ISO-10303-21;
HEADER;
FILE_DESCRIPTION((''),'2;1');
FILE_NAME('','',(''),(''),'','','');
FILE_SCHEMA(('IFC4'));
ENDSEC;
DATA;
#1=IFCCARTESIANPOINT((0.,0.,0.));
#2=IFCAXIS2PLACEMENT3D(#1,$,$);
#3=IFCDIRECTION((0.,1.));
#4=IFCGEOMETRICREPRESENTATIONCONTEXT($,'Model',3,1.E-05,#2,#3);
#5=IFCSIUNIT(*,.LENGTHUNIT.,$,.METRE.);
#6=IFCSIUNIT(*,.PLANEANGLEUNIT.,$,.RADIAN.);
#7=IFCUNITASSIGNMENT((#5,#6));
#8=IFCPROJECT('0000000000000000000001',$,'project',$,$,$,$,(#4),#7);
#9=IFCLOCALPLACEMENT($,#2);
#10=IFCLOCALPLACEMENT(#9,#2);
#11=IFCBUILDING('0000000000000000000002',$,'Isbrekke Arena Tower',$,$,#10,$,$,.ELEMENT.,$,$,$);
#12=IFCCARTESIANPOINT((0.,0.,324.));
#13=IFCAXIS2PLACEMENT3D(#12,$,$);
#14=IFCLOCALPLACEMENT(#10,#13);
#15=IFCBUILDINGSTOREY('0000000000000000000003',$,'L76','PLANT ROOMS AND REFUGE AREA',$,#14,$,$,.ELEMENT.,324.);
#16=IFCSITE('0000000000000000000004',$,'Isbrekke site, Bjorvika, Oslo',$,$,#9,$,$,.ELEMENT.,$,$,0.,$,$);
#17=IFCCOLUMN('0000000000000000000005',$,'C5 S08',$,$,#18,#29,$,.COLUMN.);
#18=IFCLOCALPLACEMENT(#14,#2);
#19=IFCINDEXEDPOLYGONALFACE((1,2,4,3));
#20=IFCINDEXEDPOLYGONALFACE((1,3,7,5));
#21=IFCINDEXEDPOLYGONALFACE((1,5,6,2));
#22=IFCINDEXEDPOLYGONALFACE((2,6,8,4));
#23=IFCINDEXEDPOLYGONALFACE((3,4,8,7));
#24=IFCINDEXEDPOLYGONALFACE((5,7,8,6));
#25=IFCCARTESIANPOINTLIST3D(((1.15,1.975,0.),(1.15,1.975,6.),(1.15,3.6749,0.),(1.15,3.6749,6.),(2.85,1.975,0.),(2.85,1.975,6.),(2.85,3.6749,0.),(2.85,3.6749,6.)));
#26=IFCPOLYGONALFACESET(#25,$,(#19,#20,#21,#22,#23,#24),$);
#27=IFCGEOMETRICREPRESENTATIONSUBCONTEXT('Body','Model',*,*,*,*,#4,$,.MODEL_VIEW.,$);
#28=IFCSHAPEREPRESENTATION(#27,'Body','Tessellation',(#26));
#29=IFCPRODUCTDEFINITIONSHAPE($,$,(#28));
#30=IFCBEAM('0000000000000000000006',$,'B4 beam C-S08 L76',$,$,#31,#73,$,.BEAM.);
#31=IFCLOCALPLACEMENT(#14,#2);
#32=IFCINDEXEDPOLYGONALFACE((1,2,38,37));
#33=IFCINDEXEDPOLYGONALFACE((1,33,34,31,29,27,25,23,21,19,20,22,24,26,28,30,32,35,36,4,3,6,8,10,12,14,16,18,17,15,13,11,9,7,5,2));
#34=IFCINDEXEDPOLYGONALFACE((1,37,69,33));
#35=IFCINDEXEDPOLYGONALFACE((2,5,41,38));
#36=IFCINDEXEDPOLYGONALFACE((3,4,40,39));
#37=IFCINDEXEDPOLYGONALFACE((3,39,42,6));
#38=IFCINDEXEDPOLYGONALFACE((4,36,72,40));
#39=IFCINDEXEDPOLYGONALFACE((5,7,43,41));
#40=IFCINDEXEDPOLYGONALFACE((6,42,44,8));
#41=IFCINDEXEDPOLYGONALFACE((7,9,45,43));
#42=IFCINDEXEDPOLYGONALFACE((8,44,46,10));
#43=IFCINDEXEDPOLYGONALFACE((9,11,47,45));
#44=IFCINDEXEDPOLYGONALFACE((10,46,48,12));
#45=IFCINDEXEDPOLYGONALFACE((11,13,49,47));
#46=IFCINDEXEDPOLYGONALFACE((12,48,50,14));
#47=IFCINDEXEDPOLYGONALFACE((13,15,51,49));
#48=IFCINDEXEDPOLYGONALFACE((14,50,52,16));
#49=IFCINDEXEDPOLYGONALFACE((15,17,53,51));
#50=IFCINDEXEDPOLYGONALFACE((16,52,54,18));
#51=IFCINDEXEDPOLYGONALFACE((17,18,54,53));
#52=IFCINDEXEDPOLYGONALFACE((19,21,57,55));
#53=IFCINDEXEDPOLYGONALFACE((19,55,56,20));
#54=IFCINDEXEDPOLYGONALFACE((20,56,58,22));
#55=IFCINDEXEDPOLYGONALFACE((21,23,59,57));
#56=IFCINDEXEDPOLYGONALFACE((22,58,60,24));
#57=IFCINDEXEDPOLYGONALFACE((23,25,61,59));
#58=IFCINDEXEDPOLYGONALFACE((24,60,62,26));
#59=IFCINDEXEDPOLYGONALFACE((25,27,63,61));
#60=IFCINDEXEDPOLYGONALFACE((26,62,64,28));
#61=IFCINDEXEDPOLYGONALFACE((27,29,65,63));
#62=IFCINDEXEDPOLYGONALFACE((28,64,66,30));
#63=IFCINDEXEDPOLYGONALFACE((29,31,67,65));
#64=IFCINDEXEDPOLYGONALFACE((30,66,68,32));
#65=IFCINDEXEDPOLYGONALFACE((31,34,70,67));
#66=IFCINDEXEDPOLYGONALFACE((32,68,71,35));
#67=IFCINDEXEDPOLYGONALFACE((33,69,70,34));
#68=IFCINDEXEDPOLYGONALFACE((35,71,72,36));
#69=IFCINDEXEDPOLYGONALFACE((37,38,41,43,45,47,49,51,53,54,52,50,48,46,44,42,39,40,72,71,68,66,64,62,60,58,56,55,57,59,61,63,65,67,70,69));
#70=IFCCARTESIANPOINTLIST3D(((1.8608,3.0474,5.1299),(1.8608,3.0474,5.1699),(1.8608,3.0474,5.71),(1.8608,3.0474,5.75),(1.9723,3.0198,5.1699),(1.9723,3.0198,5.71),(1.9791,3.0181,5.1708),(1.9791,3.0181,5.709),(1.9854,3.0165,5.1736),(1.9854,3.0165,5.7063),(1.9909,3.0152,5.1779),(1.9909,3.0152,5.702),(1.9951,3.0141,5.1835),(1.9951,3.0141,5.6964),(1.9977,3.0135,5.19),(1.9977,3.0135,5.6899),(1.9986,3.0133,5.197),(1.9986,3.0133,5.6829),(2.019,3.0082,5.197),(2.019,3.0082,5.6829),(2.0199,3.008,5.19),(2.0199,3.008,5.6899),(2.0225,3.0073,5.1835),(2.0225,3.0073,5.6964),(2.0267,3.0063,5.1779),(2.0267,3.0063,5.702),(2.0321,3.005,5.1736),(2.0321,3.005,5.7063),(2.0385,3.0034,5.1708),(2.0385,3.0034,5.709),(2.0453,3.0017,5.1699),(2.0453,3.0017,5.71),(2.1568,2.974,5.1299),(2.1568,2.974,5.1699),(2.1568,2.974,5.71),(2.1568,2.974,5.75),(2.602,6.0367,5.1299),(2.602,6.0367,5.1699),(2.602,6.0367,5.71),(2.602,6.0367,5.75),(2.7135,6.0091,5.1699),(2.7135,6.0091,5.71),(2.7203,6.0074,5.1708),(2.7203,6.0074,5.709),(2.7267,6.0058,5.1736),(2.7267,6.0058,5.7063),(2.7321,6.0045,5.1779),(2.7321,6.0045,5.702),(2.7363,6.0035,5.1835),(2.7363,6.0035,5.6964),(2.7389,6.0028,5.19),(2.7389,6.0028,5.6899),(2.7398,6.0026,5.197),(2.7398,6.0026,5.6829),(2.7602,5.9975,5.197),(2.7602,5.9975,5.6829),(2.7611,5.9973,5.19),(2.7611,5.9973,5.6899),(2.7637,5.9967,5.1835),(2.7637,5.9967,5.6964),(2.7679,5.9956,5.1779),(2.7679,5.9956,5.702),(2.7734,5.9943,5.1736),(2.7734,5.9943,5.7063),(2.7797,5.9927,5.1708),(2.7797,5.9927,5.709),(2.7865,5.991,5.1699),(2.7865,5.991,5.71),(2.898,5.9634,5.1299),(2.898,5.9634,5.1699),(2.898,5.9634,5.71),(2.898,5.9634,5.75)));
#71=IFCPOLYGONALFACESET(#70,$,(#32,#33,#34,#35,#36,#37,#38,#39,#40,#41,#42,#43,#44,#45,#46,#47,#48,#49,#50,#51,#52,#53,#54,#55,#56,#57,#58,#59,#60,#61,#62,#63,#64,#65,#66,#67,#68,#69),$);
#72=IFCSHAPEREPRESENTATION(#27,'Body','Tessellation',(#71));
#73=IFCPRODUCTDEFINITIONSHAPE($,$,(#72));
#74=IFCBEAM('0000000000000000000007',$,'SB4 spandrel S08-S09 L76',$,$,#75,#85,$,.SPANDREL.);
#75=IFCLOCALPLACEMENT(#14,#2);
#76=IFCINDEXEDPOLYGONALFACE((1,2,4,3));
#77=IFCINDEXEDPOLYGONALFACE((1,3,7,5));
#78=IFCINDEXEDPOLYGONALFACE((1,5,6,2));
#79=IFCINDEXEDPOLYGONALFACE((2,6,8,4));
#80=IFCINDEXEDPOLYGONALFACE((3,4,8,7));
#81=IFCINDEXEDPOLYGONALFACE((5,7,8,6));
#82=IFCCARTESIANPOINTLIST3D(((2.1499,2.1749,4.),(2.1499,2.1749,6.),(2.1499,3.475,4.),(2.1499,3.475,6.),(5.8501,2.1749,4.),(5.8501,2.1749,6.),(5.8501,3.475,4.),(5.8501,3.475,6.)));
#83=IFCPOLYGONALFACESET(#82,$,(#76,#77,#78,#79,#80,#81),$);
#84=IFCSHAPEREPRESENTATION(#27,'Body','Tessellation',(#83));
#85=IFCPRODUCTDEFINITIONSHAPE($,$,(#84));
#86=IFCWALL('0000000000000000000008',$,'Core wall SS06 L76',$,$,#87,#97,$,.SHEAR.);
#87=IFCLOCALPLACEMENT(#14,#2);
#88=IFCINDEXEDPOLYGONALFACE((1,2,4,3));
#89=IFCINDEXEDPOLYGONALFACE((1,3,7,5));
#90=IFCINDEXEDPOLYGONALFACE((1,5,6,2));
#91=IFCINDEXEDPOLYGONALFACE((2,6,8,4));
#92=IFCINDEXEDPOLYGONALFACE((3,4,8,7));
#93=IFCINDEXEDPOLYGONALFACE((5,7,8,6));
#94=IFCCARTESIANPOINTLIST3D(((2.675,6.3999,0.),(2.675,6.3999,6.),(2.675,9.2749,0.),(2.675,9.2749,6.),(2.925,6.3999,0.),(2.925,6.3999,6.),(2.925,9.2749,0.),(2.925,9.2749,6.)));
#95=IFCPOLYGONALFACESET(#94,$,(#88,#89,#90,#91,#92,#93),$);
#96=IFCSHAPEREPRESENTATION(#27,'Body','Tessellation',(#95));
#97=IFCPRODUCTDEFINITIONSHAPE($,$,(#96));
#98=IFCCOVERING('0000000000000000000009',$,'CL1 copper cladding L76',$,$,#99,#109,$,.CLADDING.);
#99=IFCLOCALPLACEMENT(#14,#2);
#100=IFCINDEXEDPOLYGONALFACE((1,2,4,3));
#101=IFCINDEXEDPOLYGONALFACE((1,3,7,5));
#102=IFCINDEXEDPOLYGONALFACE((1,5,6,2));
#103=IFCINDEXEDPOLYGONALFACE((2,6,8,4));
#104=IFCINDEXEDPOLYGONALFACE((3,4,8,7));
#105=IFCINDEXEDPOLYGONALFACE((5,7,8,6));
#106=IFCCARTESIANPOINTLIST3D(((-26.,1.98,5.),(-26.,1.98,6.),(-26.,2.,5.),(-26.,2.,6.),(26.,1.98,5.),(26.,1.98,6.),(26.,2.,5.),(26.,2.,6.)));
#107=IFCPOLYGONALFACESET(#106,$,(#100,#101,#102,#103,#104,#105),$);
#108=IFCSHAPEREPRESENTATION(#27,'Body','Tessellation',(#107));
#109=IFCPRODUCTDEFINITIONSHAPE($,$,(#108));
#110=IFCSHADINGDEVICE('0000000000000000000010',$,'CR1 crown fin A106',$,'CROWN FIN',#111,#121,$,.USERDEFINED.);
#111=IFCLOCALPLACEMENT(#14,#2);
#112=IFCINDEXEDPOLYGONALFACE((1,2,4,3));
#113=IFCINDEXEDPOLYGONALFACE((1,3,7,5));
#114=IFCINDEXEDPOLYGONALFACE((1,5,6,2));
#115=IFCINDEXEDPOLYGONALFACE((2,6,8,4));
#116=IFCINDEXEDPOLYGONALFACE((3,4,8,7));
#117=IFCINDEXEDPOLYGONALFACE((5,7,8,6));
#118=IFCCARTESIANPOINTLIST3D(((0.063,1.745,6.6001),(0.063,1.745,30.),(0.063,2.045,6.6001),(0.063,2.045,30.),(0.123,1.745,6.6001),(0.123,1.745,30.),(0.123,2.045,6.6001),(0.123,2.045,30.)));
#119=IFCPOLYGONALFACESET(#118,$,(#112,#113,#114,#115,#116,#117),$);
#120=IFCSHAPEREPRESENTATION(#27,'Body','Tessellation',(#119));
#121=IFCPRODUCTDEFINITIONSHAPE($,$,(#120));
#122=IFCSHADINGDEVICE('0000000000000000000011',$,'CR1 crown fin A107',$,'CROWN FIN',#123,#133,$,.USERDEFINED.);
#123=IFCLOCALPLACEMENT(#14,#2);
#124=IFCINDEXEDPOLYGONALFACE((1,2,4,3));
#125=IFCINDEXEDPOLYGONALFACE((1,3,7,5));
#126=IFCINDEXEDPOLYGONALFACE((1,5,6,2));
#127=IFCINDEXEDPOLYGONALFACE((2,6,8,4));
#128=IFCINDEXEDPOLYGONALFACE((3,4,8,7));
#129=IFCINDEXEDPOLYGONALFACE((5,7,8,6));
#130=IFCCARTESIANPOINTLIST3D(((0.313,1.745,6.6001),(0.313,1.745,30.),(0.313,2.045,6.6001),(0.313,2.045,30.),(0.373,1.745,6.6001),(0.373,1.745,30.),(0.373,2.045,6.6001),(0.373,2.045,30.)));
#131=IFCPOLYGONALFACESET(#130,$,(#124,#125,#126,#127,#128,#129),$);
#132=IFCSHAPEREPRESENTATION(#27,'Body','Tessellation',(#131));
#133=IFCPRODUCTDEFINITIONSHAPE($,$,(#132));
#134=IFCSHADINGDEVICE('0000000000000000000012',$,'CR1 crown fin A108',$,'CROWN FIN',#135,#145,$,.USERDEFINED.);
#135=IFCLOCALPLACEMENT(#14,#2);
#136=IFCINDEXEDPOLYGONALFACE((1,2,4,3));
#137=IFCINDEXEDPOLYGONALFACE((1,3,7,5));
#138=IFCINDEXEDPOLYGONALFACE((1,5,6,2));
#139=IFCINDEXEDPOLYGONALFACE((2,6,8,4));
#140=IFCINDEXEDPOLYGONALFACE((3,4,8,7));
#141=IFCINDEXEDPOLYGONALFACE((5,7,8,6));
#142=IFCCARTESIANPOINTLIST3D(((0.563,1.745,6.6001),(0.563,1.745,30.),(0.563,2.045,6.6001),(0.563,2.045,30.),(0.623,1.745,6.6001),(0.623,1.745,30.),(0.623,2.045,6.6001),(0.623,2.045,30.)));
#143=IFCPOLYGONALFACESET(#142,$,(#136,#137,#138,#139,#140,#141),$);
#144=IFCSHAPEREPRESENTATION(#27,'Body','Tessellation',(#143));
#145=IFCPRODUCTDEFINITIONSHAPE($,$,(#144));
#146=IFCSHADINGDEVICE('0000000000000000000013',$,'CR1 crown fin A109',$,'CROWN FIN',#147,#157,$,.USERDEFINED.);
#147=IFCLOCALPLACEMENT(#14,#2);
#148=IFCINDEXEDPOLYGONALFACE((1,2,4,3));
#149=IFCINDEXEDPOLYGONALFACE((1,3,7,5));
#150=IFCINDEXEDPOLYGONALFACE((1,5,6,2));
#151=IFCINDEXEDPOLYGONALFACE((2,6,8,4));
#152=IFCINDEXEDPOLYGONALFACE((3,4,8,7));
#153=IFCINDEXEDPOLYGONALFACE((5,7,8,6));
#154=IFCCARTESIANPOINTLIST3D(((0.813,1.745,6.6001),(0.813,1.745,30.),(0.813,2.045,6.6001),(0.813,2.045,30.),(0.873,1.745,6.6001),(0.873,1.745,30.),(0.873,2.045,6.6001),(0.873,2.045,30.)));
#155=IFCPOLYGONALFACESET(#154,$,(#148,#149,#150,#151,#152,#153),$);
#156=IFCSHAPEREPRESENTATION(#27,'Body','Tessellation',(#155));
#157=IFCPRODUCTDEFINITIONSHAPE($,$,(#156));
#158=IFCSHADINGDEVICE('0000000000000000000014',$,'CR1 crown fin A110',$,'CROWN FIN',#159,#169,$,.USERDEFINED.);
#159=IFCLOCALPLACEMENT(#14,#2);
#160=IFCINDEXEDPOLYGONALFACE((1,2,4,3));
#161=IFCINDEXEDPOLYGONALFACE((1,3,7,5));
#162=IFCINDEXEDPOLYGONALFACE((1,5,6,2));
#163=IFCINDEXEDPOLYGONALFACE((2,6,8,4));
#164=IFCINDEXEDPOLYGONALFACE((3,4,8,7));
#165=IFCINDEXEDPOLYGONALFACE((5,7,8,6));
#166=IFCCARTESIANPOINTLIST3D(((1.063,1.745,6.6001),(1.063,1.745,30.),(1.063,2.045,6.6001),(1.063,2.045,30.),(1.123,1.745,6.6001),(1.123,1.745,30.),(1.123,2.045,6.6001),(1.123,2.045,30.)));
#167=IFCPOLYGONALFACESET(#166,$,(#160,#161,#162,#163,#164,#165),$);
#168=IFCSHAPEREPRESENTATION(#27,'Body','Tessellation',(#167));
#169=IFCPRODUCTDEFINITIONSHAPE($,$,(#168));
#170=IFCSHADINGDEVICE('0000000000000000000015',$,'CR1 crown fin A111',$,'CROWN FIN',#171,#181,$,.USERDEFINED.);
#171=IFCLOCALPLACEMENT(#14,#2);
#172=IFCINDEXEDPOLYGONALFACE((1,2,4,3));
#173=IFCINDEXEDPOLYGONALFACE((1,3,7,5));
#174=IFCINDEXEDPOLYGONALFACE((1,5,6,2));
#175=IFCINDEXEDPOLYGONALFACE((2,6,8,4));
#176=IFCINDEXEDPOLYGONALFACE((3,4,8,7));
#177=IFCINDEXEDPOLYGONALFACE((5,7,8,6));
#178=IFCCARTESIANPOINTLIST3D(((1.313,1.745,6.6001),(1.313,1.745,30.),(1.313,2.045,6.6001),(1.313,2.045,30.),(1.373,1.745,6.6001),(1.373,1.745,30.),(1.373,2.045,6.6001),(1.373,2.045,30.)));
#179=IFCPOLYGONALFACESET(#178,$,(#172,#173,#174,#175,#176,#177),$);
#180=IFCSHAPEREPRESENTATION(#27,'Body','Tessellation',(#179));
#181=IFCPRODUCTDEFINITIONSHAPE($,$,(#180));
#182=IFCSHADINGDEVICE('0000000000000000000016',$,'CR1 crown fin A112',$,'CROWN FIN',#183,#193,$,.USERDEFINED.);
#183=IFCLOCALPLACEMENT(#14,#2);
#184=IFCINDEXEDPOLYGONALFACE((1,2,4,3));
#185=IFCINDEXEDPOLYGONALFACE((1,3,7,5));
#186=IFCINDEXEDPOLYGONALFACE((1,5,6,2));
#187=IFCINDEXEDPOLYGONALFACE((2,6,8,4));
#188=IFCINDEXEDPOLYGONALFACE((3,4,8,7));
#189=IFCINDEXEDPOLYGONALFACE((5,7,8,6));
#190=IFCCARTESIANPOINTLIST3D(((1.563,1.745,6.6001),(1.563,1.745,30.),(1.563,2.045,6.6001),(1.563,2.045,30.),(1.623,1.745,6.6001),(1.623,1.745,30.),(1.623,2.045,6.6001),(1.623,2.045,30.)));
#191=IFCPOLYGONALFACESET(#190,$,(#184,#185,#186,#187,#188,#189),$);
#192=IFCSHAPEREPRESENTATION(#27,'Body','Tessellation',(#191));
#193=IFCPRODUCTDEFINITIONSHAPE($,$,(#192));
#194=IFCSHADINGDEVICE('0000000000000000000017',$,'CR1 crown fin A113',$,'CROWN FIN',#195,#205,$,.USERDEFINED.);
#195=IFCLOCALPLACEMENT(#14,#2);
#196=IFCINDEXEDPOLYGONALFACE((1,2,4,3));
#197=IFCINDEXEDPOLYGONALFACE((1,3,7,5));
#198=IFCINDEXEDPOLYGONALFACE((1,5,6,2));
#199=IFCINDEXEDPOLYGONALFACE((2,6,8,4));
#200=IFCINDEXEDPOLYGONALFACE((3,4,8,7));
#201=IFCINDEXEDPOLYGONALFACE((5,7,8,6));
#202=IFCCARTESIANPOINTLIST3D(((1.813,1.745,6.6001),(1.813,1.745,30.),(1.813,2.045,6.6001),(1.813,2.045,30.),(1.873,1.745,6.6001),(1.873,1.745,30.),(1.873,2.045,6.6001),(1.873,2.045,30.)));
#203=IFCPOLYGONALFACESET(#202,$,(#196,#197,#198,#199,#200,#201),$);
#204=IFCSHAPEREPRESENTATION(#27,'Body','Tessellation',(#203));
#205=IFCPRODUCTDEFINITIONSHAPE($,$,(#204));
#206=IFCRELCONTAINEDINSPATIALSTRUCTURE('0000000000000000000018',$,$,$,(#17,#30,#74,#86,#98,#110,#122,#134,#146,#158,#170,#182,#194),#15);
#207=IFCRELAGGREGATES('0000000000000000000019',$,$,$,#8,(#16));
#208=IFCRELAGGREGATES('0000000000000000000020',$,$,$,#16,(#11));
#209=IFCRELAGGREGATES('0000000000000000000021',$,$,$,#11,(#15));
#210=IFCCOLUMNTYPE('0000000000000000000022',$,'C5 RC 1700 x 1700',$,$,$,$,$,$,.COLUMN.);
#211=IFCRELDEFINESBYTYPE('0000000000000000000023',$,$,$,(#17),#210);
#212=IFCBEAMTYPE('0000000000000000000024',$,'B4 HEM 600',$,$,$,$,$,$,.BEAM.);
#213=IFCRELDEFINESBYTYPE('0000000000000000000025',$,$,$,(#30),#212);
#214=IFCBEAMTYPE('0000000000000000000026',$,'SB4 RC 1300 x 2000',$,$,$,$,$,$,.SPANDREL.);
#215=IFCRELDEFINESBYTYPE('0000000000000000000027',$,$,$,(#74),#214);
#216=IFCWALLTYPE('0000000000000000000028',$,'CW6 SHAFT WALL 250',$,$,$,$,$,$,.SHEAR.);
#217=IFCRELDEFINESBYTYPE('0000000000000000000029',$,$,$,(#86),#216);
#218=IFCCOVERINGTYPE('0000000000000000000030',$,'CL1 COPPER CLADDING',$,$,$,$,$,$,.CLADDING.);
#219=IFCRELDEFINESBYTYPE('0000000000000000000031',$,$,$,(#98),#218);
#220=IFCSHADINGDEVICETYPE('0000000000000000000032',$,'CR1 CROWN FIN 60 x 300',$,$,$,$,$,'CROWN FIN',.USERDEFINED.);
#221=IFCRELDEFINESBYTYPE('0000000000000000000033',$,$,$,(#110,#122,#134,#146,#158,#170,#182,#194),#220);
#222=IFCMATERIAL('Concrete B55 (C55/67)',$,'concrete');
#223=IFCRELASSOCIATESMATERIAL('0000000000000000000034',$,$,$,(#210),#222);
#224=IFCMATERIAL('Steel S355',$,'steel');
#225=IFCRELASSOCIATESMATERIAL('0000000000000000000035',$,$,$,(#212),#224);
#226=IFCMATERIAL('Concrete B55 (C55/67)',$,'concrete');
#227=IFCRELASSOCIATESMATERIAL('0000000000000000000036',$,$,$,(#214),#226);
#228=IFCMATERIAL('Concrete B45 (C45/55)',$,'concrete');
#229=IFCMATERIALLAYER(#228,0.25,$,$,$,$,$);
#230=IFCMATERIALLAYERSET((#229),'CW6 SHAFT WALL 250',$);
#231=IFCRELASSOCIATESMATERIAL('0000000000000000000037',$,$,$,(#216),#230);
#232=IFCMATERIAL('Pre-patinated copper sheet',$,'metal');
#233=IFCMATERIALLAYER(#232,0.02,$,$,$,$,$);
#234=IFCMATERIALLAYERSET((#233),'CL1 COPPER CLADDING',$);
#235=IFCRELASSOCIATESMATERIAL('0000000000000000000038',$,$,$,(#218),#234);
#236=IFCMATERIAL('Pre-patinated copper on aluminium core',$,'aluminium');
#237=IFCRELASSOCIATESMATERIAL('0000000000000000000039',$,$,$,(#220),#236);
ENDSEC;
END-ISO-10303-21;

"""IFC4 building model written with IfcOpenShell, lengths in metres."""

from ifc_helpers import new_model, si_unit, direction, frame, frame_2d, origin, origin_2d, place, context, subcontext, project, spatial, rectangle, i_section, extrude, material, layer, layer_set, material_profile, profile_set, type_object, element, save


model = new_model("IFC4")

# Units and contexts
model_context = context("Model", 3, precision=1e-05, world=origin(), true_north=direction((0.0, 1.0)))
body_context = subcontext(model_context, "Body", "Model", "MODEL_VIEW")
ifc_project = project(units=[si_unit("LENGTHUNIT", "METRE"), si_unit("PLANEANGLEUNIT", "RADIAN")], contexts=[model_context])

# Site, building, storey
site_placement = place(None, origin())
site = spatial("IfcSite", under=ifc_project, at=site_placement, Name="Isbrekke site, Bjorvika, Oslo", CompositionType="ELEMENT", RefElevation=0.0)
building_placement = place(site_placement, origin())
building = spatial("IfcBuilding", under=site, at=building_placement, Name="Isbrekke Arena Tower", CompositionType="ELEMENT")
storey_placement = place(building_placement, frame((0.0, 0.0, 324.0)))
storey = spatial("IfcBuildingStorey", under=building, at=storey_placement, Name="L76", Description="PLANT ROOMS AND REFUGE AREA", CompositionType="ELEMENT", Elevation=324.0)

# Column
ifc_material_1 = material(Name="Concrete B55 (C55/67)", Category="concrete")
ifc_material_profile_1 = material_profile(ifc_material_1, rectangle(XDim=1.7, YDim=1.7, at=origin_2d()), Name="RC 1700x1700")
ifc_profile_set_1 = profile_set([ifc_material_profile_1], Name="Concrete B55 (C55/67)")
column_type = type_object("IfcColumnType", Name="C5 RC 1700 x 1700", PredefinedType="COLUMN", material=ifc_profile_set_1)
column_placement = place(storey_placement, frame((2.0, 2.825, 0.0), z_axis=(0.0, 0.0, 1.0), x_axis=(1.0, 0.0, 0.0)))
element("IfcColumn", 1, at=column_placement, inside=storey, type_object=column_type, Name="C5 S08", PredefinedType="COLUMN", context=body_context, shape_type="SweptSolid", body=[
    extrude(rectangle(XDim=1.7, YDim=1.7, at=origin_2d()), origin(), (0.0, 0.0, 1.0), 6.0),
])

# Beams
ifc_material_2 = material(Name="Steel S355", Category="steel")
ifc_material_profile_2 = material_profile(ifc_material_2, i_section(OverallWidth=0.3049, OverallDepth=0.6201, WebThickness=0.021, FlangeThickness=0.04, FilletRadius=0.0271, at=origin_2d()), Name="HEM 600")
ifc_profile_set_2 = profile_set([ifc_material_profile_2], Name="Steel S355")
beam_type_1 = type_object("IfcBeamType", Name="B4 HEM 600", PredefinedType="BEAM", material=ifc_profile_set_2)
beam_1_placement = place(storey_placement, frame((2.0088, 3.0107, 5.4399), z_axis=(0.24067, 0.970607, 0.0), x_axis=(-0.970607, 0.24067, 0.0)))
element("IfcBeam", 2, at=beam_1_placement, inside=storey, type_object=beam_type_1, Name="B4 beam C-S08 L76", PredefinedType="BEAM", context=body_context, shape_type="SweptSolid", body=[
    extrude(i_section(OverallWidth=0.3049, OverallDepth=0.6201, WebThickness=0.021, FlangeThickness=0.04, FilletRadius=0.0271, at=origin_2d()), origin(), (0.0, 0.0, 1.0), 3.0798),
])
ifc_material_3 = material(Name="Concrete B55 (C55/67)", Category="concrete")
ifc_material_profile_3 = material_profile(ifc_material_3, rectangle(XDim=1.3, YDim=2.0, at=origin_2d()), Name="RC 1300x2000")
ifc_profile_set_3 = profile_set([ifc_material_profile_3], Name="Concrete B55 (C55/67)")
beam_type_2 = type_object("IfcBeamType", Name="SB4 RC 1300 x 2000", PredefinedType="SPANDREL", material=ifc_profile_set_3)
beam_2_placement = place(storey_placement, frame((2.1499, 2.825, 5.0), z_axis=(1.0, 0.0, 0.0), x_axis=(0.0, 1.0, 0.0)))
element("IfcBeam", 3, at=beam_2_placement, inside=storey, type_object=beam_type_2, Name="SB4 spandrel S08-S09 L76", PredefinedType="SPANDREL", context=body_context, shape_type="SweptSolid", body=[
    extrude(rectangle(XDim=1.3, YDim=2.0, at=origin_2d()), origin(), (0.0, 0.0, 1.0), 3.7002),
])

# Wall
ifc_material_4 = material(Name="Concrete B45 (C45/55)", Category="concrete")
ifc_layer_1 = layer(ifc_material_4, 0.25)
ifc_layer_set_1 = layer_set([ifc_layer_1], Name="CW6 SHAFT WALL 250")
wall_type = type_object("IfcWallType", Name="CW6 SHAFT WALL 250", PredefinedType="SHEAR", material=ifc_layer_set_1)
wall_placement = place(storey_placement, frame((2.8, 6.3999, 0.0), z_axis=(0.0, 0.0, 1.0), x_axis=(0.0, 1.0, 0.0)))
element("IfcWall", 4, at=wall_placement, inside=storey, type_object=wall_type, Name="Core wall SS06 L76", PredefinedType="SHEAR", context=body_context, shape_type="SweptSolid", body=[
    extrude(rectangle(XDim=2.875, YDim=0.25, at=frame_2d((1.4375, 0.0))), origin(), (0.0, 0.0, 1.0), 6.0),
])

# Covering
ifc_material_5 = material(Name="Pre-patinated copper sheet", Category="metal")
ifc_layer_2 = layer(ifc_material_5, 0.02)
ifc_layer_set_2 = layer_set([ifc_layer_2], Name="CL1 COPPER CLADDING")
covering_type = type_object("IfcCoveringType", Name="CL1 COPPER CLADDING", PredefinedType="CLADDING", material=ifc_layer_set_2)
covering_placement = place(storey_placement, frame((0.0, 1.99, 5.0), z_axis=(0.0, 0.0, 1.0), x_axis=(1.0, 0.0, 0.0)))
element("IfcCovering", 5, at=covering_placement, inside=storey, type_object=covering_type, Name="CL1 copper cladding L76", PredefinedType="CLADDING", context=body_context, shape_type="SweptSolid", body=[
    extrude(rectangle(XDim=52.0, YDim=0.02, at=origin_2d()), origin(), (0.0, 0.0, 1.0), 1.0),
])

# Shading devices
ifc_material_6 = material(Name="Pre-patinated copper on aluminium core", Category="aluminium")
ifc_material_profile_4 = material_profile(ifc_material_6, rectangle(XDim=0.0601, YDim=0.3, at=origin_2d()), Name="FIN 60X300")
ifc_profile_set_4 = profile_set([ifc_material_profile_4], Name="Pre-patinated copper on aluminium core")
shading_device_type_1 = type_object("IfcShadingDeviceType", Name="CR1 CROWN FIN 60 x 300", ElementType="CROWN FIN", PredefinedType="USERDEFINED", material=ifc_profile_set_4)
for number, where, z_axis, x_axis, name in (
    (6, (0.093, 1.895, 6.6001), (0.0, 0.0, 1.0), (1.0, 0.0, 0.0), "CR1 crown fin A106"),
    (7, (0.343, 1.895, 6.6001), (0.0, 0.0, 1.0), (1.0, 0.0, 0.0), "CR1 crown fin A107"),
    (8, (0.593, 1.895, 6.6001), (0.0, 0.0, 1.0), (1.0, 0.0, 0.0), "CR1 crown fin A108"),
    (9, (0.843, 1.895, 6.6001), (0.0, 0.0, 1.0), (1.0, 0.0, 0.0), "CR1 crown fin A109"),
    (10, (1.093, 1.895, 6.6001), (0.0, 0.0, 1.0), (1.0, 0.0, 0.0), "CR1 crown fin A110"),
    (11, (1.343, 1.895, 6.6001), (0.0, 0.0, 1.0), (1.0, 0.0, 0.0), "CR1 crown fin A111"),
    (12, (1.593, 1.895, 6.6001), (0.0, 0.0, 1.0), (1.0, 0.0, 0.0), "CR1 crown fin A112"),
    (13, (1.843, 1.895, 6.6001), (0.0, 0.0, 1.0), (1.0, 0.0, 0.0), "CR1 crown fin A113"),
):
    element("IfcShadingDevice", number, at=place(storey_placement, frame(where, z_axis=z_axis, x_axis=x_axis)), inside=storey, type_object=shading_device_type_1, Name=name, ObjectType="CROWN FIN", PredefinedType="USERDEFINED", context=body_context, shape_type="SweptSolid", body=[
        extrude(rectangle(XDim=0.0601, YDim=0.3, at=origin_2d()), origin(), (0.0, 0.0, 1.0), 23.3999),
    ])

save(model, "model.ifc")
